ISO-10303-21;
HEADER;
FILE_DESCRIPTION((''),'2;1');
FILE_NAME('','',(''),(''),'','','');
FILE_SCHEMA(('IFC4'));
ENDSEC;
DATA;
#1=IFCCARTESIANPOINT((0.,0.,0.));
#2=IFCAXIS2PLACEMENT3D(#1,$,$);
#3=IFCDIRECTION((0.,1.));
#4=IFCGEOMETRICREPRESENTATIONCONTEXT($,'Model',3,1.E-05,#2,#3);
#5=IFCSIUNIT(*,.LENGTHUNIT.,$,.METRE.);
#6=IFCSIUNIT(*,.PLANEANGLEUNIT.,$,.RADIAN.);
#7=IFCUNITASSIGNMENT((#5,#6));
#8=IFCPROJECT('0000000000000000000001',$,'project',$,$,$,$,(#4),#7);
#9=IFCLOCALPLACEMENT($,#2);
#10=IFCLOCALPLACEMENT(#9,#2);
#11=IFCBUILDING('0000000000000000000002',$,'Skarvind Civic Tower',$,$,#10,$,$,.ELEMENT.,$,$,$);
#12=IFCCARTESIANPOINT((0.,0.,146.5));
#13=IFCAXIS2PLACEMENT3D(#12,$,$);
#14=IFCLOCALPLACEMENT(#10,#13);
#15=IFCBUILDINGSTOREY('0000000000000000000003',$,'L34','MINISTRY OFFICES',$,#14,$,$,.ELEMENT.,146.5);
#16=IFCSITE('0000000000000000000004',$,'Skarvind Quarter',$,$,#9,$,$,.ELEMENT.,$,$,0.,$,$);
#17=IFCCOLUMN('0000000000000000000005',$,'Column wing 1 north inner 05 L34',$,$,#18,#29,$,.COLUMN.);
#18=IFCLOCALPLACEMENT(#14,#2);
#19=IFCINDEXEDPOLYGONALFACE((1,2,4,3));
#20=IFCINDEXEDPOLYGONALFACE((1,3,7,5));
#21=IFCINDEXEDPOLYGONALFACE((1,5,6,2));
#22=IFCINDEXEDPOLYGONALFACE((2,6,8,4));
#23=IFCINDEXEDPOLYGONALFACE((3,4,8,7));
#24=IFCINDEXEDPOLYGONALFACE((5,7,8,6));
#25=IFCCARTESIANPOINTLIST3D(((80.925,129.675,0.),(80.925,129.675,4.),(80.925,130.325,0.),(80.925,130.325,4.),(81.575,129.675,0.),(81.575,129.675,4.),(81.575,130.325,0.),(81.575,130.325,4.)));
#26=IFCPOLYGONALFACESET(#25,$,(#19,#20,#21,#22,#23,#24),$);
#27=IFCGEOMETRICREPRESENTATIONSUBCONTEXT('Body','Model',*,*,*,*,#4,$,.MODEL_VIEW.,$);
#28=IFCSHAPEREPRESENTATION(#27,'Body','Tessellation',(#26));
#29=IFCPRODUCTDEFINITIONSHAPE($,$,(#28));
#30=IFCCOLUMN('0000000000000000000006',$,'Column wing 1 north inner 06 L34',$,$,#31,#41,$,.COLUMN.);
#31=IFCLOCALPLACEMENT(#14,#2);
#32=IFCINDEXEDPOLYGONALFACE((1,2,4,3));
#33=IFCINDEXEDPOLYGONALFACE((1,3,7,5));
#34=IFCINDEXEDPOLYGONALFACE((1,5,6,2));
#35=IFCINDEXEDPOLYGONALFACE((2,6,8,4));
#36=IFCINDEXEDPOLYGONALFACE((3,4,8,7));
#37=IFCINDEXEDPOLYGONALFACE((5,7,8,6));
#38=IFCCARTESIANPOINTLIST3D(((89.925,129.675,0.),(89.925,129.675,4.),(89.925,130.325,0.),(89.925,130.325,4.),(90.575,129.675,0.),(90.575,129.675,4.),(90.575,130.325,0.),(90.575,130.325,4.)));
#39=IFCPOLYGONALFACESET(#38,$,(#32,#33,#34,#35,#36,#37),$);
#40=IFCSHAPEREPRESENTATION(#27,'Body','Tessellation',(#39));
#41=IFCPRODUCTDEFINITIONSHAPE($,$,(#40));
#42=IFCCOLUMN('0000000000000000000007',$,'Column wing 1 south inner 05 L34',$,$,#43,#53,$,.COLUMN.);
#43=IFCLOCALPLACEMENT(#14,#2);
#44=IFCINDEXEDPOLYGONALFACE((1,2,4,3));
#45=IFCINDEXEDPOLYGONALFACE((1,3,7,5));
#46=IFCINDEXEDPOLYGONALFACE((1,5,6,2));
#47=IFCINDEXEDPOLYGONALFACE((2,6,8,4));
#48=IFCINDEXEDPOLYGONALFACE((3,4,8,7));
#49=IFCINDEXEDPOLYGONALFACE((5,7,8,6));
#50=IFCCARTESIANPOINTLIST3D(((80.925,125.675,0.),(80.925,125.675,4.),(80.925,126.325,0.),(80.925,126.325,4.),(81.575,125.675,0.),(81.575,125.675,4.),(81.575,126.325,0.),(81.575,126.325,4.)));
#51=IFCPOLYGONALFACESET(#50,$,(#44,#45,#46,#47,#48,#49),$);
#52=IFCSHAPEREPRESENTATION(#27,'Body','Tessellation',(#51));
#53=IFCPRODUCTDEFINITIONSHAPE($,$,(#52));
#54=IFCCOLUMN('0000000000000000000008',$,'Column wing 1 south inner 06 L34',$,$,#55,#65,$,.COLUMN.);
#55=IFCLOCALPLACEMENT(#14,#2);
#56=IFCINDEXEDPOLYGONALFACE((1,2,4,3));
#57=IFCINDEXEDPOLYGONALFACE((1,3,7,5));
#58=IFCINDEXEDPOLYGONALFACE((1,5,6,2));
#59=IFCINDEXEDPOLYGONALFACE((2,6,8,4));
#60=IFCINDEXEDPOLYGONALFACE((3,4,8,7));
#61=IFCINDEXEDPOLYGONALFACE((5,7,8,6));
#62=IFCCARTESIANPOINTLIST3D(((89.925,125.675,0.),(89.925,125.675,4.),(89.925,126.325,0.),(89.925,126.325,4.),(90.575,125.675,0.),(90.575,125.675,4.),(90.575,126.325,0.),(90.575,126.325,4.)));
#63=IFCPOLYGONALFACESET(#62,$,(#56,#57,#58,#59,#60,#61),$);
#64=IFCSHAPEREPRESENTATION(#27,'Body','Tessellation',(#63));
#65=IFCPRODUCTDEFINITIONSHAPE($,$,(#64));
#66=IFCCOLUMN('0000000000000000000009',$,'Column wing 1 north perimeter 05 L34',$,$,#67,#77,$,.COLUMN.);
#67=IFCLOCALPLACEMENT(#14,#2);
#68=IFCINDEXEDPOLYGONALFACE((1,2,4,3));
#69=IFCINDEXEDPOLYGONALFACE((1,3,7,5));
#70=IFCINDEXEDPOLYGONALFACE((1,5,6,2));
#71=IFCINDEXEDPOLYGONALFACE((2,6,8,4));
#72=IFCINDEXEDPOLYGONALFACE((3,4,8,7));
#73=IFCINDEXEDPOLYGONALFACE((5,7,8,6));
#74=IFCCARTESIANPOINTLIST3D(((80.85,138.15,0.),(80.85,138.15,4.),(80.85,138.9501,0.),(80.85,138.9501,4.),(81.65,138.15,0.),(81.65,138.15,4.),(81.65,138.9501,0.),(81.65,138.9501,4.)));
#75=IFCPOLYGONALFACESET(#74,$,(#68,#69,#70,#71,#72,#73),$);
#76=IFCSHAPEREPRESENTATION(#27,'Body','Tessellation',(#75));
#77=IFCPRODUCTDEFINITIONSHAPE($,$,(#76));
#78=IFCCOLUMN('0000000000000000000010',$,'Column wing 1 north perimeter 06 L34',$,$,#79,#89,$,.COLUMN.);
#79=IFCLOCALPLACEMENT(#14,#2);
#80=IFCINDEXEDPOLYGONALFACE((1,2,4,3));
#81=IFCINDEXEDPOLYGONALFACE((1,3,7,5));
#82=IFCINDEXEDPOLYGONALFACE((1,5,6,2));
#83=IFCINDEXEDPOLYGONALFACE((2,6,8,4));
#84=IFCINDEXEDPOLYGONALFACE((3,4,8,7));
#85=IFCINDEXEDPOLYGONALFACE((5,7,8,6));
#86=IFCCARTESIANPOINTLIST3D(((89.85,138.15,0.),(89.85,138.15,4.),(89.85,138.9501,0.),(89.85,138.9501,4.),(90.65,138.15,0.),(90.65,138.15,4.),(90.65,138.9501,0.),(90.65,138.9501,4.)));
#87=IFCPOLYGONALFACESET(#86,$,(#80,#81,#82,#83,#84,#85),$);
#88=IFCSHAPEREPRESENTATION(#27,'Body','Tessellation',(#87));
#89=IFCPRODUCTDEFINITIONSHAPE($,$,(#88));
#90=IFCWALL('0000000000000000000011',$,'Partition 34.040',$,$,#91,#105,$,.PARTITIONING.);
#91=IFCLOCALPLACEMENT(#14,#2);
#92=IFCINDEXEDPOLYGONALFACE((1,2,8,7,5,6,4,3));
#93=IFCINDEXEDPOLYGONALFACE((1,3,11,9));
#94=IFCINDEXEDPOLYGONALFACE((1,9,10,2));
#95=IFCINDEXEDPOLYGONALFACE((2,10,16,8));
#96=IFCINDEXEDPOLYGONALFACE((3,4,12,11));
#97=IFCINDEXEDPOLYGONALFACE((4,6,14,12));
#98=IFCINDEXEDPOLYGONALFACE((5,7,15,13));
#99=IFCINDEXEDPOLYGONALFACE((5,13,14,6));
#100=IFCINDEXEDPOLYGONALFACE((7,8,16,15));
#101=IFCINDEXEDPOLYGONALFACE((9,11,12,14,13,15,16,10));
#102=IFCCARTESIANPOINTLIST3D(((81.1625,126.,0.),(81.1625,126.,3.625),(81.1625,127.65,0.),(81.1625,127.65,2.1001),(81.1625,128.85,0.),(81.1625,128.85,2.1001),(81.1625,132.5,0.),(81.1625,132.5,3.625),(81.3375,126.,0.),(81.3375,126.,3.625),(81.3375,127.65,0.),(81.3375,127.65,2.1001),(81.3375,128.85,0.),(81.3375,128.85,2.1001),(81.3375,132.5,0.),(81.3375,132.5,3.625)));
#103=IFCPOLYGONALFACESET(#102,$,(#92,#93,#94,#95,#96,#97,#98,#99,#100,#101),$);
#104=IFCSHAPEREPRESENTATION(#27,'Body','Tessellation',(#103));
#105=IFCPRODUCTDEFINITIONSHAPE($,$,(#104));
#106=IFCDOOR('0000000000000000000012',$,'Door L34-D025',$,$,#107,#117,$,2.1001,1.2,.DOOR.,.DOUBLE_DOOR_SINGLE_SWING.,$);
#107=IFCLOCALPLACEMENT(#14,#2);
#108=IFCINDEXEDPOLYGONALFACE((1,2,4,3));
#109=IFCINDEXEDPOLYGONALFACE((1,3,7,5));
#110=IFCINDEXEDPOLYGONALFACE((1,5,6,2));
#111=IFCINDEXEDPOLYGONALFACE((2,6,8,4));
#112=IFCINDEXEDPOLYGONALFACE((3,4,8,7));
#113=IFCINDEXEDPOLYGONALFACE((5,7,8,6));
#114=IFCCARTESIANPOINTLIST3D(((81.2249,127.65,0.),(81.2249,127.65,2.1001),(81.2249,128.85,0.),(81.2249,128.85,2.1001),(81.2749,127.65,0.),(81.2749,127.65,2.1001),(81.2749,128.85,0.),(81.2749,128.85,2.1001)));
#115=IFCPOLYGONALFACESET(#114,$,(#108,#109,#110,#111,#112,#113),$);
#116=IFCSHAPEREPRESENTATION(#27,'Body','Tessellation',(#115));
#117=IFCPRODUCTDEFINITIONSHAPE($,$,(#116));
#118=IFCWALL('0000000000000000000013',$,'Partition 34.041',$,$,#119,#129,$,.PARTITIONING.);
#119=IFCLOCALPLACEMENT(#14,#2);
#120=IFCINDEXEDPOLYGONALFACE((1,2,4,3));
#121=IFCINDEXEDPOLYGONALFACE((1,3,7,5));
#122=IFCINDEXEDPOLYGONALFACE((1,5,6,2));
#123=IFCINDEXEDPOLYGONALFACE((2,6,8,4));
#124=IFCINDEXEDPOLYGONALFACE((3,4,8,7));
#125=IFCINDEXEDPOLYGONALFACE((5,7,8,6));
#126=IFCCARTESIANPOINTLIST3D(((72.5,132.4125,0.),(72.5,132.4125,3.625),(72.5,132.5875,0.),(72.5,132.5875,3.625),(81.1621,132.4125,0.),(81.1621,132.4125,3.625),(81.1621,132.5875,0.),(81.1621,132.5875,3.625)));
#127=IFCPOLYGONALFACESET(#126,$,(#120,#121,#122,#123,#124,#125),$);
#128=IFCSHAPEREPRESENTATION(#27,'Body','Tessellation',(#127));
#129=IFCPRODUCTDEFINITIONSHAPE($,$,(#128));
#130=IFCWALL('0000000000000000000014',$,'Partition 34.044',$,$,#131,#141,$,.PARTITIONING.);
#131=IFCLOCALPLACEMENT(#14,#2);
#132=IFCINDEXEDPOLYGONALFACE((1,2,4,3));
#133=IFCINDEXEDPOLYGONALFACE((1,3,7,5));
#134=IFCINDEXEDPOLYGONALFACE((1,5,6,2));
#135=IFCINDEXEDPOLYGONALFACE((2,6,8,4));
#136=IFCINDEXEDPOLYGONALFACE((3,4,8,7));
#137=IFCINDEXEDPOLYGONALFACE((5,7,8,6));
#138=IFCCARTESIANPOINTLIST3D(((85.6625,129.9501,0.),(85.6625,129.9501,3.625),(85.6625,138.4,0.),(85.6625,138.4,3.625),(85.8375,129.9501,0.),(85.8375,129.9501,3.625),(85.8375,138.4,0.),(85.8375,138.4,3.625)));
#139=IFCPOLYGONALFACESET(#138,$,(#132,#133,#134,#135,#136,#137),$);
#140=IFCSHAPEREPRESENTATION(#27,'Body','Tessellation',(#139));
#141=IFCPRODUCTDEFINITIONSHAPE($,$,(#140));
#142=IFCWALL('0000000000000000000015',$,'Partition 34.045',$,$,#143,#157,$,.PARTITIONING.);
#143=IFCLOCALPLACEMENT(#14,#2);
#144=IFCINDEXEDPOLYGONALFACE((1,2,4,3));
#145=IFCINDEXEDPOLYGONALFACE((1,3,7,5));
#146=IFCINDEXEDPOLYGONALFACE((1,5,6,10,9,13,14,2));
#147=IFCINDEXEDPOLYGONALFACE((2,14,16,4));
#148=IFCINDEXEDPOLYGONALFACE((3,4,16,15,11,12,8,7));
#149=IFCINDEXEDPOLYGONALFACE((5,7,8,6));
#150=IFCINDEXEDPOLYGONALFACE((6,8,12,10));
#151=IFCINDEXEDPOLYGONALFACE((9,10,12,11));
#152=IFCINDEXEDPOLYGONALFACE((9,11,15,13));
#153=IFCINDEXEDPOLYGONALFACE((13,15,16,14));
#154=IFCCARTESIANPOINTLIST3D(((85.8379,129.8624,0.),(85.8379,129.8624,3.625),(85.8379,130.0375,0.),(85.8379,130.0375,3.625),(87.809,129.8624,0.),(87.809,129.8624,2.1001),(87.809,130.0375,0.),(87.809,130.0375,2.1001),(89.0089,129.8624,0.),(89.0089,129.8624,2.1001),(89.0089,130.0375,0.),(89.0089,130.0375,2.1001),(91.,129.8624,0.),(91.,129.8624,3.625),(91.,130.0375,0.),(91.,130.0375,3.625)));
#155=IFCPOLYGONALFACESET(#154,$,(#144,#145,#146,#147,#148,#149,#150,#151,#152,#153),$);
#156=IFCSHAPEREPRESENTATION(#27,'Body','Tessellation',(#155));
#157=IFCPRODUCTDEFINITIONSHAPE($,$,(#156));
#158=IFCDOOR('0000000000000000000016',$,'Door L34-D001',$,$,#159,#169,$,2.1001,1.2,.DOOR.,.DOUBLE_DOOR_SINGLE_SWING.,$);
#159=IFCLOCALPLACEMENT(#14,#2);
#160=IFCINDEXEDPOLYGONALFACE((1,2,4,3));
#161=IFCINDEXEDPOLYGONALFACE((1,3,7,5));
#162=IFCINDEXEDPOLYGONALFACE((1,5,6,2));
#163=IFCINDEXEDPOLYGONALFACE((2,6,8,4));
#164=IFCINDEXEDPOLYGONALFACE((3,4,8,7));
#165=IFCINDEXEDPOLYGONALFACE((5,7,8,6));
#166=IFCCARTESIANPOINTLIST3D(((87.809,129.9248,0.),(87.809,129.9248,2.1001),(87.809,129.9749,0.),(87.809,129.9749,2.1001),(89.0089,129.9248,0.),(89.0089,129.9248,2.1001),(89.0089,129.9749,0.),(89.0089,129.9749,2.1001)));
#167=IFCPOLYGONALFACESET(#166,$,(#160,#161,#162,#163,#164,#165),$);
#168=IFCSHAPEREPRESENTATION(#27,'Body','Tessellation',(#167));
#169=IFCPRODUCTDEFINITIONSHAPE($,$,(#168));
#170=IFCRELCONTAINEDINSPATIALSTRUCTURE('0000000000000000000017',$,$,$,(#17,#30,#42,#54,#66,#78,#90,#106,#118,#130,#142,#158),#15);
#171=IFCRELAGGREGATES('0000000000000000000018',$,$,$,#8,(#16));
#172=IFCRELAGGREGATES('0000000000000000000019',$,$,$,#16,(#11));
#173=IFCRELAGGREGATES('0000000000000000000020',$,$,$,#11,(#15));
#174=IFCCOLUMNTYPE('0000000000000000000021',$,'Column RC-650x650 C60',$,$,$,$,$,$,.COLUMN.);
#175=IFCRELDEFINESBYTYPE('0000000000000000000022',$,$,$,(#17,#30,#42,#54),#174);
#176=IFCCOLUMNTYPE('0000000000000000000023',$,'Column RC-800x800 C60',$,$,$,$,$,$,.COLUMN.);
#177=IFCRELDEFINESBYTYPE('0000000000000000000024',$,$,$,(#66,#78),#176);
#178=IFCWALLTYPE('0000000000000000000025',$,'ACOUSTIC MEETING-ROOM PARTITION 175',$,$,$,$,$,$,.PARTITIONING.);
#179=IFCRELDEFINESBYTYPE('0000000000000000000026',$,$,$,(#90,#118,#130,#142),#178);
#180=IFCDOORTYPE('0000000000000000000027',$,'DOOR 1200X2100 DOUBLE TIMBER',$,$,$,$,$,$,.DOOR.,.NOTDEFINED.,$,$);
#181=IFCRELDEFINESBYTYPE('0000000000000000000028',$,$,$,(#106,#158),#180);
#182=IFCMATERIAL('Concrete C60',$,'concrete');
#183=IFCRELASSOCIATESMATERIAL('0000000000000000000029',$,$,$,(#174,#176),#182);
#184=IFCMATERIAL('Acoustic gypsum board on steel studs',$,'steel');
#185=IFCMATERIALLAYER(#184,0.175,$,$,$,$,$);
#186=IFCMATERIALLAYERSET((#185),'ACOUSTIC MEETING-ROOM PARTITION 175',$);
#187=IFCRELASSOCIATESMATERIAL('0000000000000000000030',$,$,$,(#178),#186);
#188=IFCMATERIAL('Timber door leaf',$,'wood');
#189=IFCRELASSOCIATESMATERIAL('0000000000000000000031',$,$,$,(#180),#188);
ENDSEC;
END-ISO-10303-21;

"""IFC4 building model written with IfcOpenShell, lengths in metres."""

from ifc_helpers import new_model, si_unit, direction, frame, frame_2d, origin, origin_2d, place, context, subcontext, project, spatial, rectangle, extrude, material, layer, layer_set, material_profile, profile_set, type_object, element, fill, save


model = new_model("IFC4")

# Units and contexts
model_context = context("Model", 3, precision=1e-05, world=origin(), true_north=direction((0.0, 1.0)))
body_context = subcontext(model_context, "Body", "Model", "MODEL_VIEW")
ifc_project = project(units=[si_unit("LENGTHUNIT", "METRE"), si_unit("PLANEANGLEUNIT", "RADIAN")], contexts=[model_context])

# Site, building, storey
site_placement = place(None, origin())
site = spatial("IfcSite", under=ifc_project, at=site_placement, Name="Skarvind Quarter", CompositionType="ELEMENT", RefElevation=0.0)
building_placement = place(site_placement, origin())
building = spatial("IfcBuilding", under=site, at=building_placement, Name="Skarvind Civic Tower", CompositionType="ELEMENT")
storey_placement = place(building_placement, frame((0.0, 0.0, 146.5)))
storey = spatial("IfcBuildingStorey", under=building, at=storey_placement, Name="L34", Description="MINISTRY OFFICES", CompositionType="ELEMENT", Elevation=146.5)

# Columns
ifc_material_1 = material(Name="Concrete C60", Category="concrete")
ifc_material_profile_1 = material_profile(ifc_material_1, rectangle(XDim=0.6499, YDim=0.6499, at=origin_2d()), Name="RC-650x650")
ifc_profile_set_1 = profile_set([ifc_material_profile_1], Name="Concrete C60")
column_type_1 = type_object("IfcColumnType", Name="Column RC-650x650 C60", PredefinedType="COLUMN", material=ifc_profile_set_1)
for number, where, z_axis, x_axis, name in (
    (1, (81.25, 130.0, 0.0), (0.0, 0.0, 1.0), (1.0, 0.0, 0.0), "Column wing 1 north inner 05 L34"),
    (2, (90.25, 130.0, 0.0), (0.0, 0.0, 1.0), (1.0, 0.0, 0.0), "Column wing 1 north inner 06 L34"),
    (3, (81.25, 126.0, 0.0), (0.0, 0.0, 1.0), (1.0, 0.0, 0.0), "Column wing 1 south inner 05 L34"),
    (4, (90.25, 126.0, 0.0), (0.0, 0.0, 1.0), (1.0, 0.0, 0.0), "Column wing 1 south inner 06 L34"),
):
    element("IfcColumn", number, at=place(storey_placement, frame(where, z_axis=z_axis, x_axis=x_axis)), inside=storey, type_object=column_type_1, Name=name, PredefinedType="COLUMN", context=body_context, shape_type="SweptSolid", body=[
        extrude(rectangle(XDim=0.6499, YDim=0.6499, at=origin_2d()), origin(), (0.0, 0.0, 1.0), 4.0),
    ])
ifc_material_profile_2 = material_profile(ifc_material_1, rectangle(XDim=0.8, YDim=0.8, at=origin_2d()), Name="RC-800x800")
ifc_profile_set_2 = profile_set([ifc_material_profile_2], Name="Concrete C60")
column_type_2 = type_object("IfcColumnType", Name="Column RC-800x800 C60", PredefinedType="COLUMN", material=ifc_profile_set_2)
for number, where, z_axis, x_axis, name in (
    (5, (81.25, 138.55, 0.0), (0.0, 0.0, 1.0), (1.0, 0.0, 0.0), "Column wing 1 north perimeter 05 L34"),
    (6, (90.25, 138.55, 0.0), (0.0, 0.0, 1.0), (1.0, 0.0, 0.0), "Column wing 1 north perimeter 06 L34"),
):
    element("IfcColumn", number, at=place(storey_placement, frame(where, z_axis=z_axis, x_axis=x_axis)), inside=storey, type_object=column_type_2, Name=name, PredefinedType="COLUMN", context=body_context, shape_type="SweptSolid", body=[
        extrude(rectangle(XDim=0.8, YDim=0.8, at=origin_2d()), origin(), (0.0, 0.0, 1.0), 4.0),
    ])

# Wall, opening, door
ifc_material_2 = material(Name="Acoustic gypsum board on steel studs", Category="steel")
ifc_layer_1 = layer(ifc_material_2, 0.175)
ifc_layer_set_1 = layer_set([ifc_layer_1], Name="ACOUSTIC MEETING-ROOM PARTITION 175")
wall_type_1 = type_object("IfcWallType", Name="ACOUSTIC MEETING-ROOM PARTITION 175", PredefinedType="PARTITIONING", material=ifc_layer_set_1)
wall_1_placement = place(storey_placement, frame((81.25, 132.5, 0.0), z_axis=(0.0, 0.0, 1.0), x_axis=(0.0, -1.0, 0.0)))
wall_1 = element("IfcWall", 7, at=wall_1_placement, inside=storey, type_object=wall_type_1, Name="Partition 34.040", PredefinedType="PARTITIONING", context=body_context, shape_type="SweptSolid", body=[
    extrude(rectangle(XDim=6.5, YDim=0.175, at=frame_2d((3.25, 0.0))), origin(), (0.0, 0.0, 1.0), 3.625),
])
opening_1_placement = place(wall_1_placement, frame((3.6499, 0.0, 0.0)))
opening_1 = element("IfcOpeningElement", 8, at=opening_1_placement, cuts=wall_1, PredefinedType="OPENING", context=body_context, shape_type="SweptSolid", body=[
    extrude(rectangle(XDim=1.2, YDim=2.1001, at=frame_2d((0.6001, 1.05))), frame((0.0, 0.0974, 0.0), z_axis=(0.0, -1.0, 0.0), x_axis=(1.0, 0.0, 0.0)), (0.0, 0.0, 1.0), 0.1951),
])
ifc_material_3 = material(Name="Timber door leaf", Category="wood")
door_type_1 = type_object("IfcDoorType", Name="DOOR 1200X2100 DOUBLE TIMBER", OperationType="NOTDEFINED", PredefinedType="DOOR", material=ifc_material_3)
door_1_placement = place(opening_1_placement, origin())
door_1 = element("IfcDoor", 9, at=door_1_placement, inside=storey, type_object=door_type_1, Name="Door L34-D025", OperationType="DOUBLE_DOOR_SINGLE_SWING", OverallHeight=2.1001, OverallWidth=1.2, PredefinedType="DOOR", context=body_context, shape_type="SweptSolid", body=[
    extrude(rectangle(XDim=1.2, YDim=2.1001, at=frame_2d((0.6001, 1.05))), frame((0.0, 0.0249, 0.0), z_axis=(0.0, -1.0, 0.0), x_axis=(1.0, 0.0, 0.0)), (0.0, 0.0, 1.0), 0.05),
])
fill(opening_1, door_1)

# Walls
wall_2_placement = place(storey_placement, frame((81.1621, 132.5, 0.0), z_axis=(0.0, 0.0, 1.0), x_axis=(-1.0, 0.0, 0.0)))
element("IfcWall", 10, at=wall_2_placement, inside=storey, type_object=wall_type_1, Name="Partition 34.041", PredefinedType="PARTITIONING", context=body_context, shape_type="SweptSolid", body=[
    extrude(rectangle(XDim=8.6621, YDim=0.175, at=frame_2d((4.3311, 0.0))), origin(), (0.0, 0.0, 1.0), 3.625),
])
wall_3_placement = place(storey_placement, frame((85.75, 129.95, 0.0), z_axis=(0.0, 0.0, 1.0), x_axis=(0.0, 1.0, 0.0)))
element("IfcWall", 11, at=wall_3_placement, inside=storey, type_object=wall_type_1, Name="Partition 34.044", PredefinedType="PARTITIONING", context=body_context, shape_type="SweptSolid", body=[
    extrude(rectangle(XDim=8.45, YDim=0.175, at=frame_2d((4.2251, 0.0))), origin(), (0.0, 0.0, 1.0), 3.625),
])

# Wall, opening, door
wall_4_placement = place(storey_placement, frame((85.8379, 129.95, 0.0), z_axis=(0.0, 0.0, 1.0), x_axis=(1.0, 0.0, 0.0)))
wall_4 = element("IfcWall", 12, at=wall_4_placement, inside=storey, type_object=wall_type_1, Name="Partition 34.045", PredefinedType="PARTITIONING", context=body_context, shape_type="SweptSolid", body=[
    extrude(rectangle(XDim=5.1621, YDim=0.175, at=frame_2d((2.5811, 0.0))), origin(), (0.0, 0.0, 1.0), 3.625),
])
opening_2_placement = place(wall_4_placement, frame((1.9709, 0.0, 0.0)))
opening_2 = element("IfcOpeningElement", 13, at=opening_2_placement, cuts=wall_4, PredefinedType="OPENING", context=body_context, shape_type="SweptSolid", body=[
    extrude(rectangle(XDim=1.2, YDim=2.1001, at=frame_2d((0.6001, 1.05))), frame((0.0, 0.0974, 0.0), z_axis=(0.0, -1.0, 0.0), x_axis=(1.0, 0.0, 0.0)), (0.0, 0.0, 1.0), 0.1951),
])
door_2_placement = place(opening_2_placement, origin())
door_2 = element("IfcDoor", 14, at=door_2_placement, inside=storey, type_object=door_type_1, Name="Door L34-D001", OperationType="DOUBLE_DOOR_SINGLE_SWING", OverallHeight=2.1001, OverallWidth=1.2, PredefinedType="DOOR", context=body_context, shape_type="SweptSolid", body=[
    extrude(rectangle(XDim=1.2, YDim=2.1001, at=frame_2d((0.6001, 1.05))), frame((0.0, 0.0249, 0.0), z_axis=(0.0, -1.0, 0.0), x_axis=(1.0, 0.0, 0.0)), (0.0, 0.0, 1.0), 0.05),
])
fill(opening_2, door_2)

save(model, "model.ifc")
